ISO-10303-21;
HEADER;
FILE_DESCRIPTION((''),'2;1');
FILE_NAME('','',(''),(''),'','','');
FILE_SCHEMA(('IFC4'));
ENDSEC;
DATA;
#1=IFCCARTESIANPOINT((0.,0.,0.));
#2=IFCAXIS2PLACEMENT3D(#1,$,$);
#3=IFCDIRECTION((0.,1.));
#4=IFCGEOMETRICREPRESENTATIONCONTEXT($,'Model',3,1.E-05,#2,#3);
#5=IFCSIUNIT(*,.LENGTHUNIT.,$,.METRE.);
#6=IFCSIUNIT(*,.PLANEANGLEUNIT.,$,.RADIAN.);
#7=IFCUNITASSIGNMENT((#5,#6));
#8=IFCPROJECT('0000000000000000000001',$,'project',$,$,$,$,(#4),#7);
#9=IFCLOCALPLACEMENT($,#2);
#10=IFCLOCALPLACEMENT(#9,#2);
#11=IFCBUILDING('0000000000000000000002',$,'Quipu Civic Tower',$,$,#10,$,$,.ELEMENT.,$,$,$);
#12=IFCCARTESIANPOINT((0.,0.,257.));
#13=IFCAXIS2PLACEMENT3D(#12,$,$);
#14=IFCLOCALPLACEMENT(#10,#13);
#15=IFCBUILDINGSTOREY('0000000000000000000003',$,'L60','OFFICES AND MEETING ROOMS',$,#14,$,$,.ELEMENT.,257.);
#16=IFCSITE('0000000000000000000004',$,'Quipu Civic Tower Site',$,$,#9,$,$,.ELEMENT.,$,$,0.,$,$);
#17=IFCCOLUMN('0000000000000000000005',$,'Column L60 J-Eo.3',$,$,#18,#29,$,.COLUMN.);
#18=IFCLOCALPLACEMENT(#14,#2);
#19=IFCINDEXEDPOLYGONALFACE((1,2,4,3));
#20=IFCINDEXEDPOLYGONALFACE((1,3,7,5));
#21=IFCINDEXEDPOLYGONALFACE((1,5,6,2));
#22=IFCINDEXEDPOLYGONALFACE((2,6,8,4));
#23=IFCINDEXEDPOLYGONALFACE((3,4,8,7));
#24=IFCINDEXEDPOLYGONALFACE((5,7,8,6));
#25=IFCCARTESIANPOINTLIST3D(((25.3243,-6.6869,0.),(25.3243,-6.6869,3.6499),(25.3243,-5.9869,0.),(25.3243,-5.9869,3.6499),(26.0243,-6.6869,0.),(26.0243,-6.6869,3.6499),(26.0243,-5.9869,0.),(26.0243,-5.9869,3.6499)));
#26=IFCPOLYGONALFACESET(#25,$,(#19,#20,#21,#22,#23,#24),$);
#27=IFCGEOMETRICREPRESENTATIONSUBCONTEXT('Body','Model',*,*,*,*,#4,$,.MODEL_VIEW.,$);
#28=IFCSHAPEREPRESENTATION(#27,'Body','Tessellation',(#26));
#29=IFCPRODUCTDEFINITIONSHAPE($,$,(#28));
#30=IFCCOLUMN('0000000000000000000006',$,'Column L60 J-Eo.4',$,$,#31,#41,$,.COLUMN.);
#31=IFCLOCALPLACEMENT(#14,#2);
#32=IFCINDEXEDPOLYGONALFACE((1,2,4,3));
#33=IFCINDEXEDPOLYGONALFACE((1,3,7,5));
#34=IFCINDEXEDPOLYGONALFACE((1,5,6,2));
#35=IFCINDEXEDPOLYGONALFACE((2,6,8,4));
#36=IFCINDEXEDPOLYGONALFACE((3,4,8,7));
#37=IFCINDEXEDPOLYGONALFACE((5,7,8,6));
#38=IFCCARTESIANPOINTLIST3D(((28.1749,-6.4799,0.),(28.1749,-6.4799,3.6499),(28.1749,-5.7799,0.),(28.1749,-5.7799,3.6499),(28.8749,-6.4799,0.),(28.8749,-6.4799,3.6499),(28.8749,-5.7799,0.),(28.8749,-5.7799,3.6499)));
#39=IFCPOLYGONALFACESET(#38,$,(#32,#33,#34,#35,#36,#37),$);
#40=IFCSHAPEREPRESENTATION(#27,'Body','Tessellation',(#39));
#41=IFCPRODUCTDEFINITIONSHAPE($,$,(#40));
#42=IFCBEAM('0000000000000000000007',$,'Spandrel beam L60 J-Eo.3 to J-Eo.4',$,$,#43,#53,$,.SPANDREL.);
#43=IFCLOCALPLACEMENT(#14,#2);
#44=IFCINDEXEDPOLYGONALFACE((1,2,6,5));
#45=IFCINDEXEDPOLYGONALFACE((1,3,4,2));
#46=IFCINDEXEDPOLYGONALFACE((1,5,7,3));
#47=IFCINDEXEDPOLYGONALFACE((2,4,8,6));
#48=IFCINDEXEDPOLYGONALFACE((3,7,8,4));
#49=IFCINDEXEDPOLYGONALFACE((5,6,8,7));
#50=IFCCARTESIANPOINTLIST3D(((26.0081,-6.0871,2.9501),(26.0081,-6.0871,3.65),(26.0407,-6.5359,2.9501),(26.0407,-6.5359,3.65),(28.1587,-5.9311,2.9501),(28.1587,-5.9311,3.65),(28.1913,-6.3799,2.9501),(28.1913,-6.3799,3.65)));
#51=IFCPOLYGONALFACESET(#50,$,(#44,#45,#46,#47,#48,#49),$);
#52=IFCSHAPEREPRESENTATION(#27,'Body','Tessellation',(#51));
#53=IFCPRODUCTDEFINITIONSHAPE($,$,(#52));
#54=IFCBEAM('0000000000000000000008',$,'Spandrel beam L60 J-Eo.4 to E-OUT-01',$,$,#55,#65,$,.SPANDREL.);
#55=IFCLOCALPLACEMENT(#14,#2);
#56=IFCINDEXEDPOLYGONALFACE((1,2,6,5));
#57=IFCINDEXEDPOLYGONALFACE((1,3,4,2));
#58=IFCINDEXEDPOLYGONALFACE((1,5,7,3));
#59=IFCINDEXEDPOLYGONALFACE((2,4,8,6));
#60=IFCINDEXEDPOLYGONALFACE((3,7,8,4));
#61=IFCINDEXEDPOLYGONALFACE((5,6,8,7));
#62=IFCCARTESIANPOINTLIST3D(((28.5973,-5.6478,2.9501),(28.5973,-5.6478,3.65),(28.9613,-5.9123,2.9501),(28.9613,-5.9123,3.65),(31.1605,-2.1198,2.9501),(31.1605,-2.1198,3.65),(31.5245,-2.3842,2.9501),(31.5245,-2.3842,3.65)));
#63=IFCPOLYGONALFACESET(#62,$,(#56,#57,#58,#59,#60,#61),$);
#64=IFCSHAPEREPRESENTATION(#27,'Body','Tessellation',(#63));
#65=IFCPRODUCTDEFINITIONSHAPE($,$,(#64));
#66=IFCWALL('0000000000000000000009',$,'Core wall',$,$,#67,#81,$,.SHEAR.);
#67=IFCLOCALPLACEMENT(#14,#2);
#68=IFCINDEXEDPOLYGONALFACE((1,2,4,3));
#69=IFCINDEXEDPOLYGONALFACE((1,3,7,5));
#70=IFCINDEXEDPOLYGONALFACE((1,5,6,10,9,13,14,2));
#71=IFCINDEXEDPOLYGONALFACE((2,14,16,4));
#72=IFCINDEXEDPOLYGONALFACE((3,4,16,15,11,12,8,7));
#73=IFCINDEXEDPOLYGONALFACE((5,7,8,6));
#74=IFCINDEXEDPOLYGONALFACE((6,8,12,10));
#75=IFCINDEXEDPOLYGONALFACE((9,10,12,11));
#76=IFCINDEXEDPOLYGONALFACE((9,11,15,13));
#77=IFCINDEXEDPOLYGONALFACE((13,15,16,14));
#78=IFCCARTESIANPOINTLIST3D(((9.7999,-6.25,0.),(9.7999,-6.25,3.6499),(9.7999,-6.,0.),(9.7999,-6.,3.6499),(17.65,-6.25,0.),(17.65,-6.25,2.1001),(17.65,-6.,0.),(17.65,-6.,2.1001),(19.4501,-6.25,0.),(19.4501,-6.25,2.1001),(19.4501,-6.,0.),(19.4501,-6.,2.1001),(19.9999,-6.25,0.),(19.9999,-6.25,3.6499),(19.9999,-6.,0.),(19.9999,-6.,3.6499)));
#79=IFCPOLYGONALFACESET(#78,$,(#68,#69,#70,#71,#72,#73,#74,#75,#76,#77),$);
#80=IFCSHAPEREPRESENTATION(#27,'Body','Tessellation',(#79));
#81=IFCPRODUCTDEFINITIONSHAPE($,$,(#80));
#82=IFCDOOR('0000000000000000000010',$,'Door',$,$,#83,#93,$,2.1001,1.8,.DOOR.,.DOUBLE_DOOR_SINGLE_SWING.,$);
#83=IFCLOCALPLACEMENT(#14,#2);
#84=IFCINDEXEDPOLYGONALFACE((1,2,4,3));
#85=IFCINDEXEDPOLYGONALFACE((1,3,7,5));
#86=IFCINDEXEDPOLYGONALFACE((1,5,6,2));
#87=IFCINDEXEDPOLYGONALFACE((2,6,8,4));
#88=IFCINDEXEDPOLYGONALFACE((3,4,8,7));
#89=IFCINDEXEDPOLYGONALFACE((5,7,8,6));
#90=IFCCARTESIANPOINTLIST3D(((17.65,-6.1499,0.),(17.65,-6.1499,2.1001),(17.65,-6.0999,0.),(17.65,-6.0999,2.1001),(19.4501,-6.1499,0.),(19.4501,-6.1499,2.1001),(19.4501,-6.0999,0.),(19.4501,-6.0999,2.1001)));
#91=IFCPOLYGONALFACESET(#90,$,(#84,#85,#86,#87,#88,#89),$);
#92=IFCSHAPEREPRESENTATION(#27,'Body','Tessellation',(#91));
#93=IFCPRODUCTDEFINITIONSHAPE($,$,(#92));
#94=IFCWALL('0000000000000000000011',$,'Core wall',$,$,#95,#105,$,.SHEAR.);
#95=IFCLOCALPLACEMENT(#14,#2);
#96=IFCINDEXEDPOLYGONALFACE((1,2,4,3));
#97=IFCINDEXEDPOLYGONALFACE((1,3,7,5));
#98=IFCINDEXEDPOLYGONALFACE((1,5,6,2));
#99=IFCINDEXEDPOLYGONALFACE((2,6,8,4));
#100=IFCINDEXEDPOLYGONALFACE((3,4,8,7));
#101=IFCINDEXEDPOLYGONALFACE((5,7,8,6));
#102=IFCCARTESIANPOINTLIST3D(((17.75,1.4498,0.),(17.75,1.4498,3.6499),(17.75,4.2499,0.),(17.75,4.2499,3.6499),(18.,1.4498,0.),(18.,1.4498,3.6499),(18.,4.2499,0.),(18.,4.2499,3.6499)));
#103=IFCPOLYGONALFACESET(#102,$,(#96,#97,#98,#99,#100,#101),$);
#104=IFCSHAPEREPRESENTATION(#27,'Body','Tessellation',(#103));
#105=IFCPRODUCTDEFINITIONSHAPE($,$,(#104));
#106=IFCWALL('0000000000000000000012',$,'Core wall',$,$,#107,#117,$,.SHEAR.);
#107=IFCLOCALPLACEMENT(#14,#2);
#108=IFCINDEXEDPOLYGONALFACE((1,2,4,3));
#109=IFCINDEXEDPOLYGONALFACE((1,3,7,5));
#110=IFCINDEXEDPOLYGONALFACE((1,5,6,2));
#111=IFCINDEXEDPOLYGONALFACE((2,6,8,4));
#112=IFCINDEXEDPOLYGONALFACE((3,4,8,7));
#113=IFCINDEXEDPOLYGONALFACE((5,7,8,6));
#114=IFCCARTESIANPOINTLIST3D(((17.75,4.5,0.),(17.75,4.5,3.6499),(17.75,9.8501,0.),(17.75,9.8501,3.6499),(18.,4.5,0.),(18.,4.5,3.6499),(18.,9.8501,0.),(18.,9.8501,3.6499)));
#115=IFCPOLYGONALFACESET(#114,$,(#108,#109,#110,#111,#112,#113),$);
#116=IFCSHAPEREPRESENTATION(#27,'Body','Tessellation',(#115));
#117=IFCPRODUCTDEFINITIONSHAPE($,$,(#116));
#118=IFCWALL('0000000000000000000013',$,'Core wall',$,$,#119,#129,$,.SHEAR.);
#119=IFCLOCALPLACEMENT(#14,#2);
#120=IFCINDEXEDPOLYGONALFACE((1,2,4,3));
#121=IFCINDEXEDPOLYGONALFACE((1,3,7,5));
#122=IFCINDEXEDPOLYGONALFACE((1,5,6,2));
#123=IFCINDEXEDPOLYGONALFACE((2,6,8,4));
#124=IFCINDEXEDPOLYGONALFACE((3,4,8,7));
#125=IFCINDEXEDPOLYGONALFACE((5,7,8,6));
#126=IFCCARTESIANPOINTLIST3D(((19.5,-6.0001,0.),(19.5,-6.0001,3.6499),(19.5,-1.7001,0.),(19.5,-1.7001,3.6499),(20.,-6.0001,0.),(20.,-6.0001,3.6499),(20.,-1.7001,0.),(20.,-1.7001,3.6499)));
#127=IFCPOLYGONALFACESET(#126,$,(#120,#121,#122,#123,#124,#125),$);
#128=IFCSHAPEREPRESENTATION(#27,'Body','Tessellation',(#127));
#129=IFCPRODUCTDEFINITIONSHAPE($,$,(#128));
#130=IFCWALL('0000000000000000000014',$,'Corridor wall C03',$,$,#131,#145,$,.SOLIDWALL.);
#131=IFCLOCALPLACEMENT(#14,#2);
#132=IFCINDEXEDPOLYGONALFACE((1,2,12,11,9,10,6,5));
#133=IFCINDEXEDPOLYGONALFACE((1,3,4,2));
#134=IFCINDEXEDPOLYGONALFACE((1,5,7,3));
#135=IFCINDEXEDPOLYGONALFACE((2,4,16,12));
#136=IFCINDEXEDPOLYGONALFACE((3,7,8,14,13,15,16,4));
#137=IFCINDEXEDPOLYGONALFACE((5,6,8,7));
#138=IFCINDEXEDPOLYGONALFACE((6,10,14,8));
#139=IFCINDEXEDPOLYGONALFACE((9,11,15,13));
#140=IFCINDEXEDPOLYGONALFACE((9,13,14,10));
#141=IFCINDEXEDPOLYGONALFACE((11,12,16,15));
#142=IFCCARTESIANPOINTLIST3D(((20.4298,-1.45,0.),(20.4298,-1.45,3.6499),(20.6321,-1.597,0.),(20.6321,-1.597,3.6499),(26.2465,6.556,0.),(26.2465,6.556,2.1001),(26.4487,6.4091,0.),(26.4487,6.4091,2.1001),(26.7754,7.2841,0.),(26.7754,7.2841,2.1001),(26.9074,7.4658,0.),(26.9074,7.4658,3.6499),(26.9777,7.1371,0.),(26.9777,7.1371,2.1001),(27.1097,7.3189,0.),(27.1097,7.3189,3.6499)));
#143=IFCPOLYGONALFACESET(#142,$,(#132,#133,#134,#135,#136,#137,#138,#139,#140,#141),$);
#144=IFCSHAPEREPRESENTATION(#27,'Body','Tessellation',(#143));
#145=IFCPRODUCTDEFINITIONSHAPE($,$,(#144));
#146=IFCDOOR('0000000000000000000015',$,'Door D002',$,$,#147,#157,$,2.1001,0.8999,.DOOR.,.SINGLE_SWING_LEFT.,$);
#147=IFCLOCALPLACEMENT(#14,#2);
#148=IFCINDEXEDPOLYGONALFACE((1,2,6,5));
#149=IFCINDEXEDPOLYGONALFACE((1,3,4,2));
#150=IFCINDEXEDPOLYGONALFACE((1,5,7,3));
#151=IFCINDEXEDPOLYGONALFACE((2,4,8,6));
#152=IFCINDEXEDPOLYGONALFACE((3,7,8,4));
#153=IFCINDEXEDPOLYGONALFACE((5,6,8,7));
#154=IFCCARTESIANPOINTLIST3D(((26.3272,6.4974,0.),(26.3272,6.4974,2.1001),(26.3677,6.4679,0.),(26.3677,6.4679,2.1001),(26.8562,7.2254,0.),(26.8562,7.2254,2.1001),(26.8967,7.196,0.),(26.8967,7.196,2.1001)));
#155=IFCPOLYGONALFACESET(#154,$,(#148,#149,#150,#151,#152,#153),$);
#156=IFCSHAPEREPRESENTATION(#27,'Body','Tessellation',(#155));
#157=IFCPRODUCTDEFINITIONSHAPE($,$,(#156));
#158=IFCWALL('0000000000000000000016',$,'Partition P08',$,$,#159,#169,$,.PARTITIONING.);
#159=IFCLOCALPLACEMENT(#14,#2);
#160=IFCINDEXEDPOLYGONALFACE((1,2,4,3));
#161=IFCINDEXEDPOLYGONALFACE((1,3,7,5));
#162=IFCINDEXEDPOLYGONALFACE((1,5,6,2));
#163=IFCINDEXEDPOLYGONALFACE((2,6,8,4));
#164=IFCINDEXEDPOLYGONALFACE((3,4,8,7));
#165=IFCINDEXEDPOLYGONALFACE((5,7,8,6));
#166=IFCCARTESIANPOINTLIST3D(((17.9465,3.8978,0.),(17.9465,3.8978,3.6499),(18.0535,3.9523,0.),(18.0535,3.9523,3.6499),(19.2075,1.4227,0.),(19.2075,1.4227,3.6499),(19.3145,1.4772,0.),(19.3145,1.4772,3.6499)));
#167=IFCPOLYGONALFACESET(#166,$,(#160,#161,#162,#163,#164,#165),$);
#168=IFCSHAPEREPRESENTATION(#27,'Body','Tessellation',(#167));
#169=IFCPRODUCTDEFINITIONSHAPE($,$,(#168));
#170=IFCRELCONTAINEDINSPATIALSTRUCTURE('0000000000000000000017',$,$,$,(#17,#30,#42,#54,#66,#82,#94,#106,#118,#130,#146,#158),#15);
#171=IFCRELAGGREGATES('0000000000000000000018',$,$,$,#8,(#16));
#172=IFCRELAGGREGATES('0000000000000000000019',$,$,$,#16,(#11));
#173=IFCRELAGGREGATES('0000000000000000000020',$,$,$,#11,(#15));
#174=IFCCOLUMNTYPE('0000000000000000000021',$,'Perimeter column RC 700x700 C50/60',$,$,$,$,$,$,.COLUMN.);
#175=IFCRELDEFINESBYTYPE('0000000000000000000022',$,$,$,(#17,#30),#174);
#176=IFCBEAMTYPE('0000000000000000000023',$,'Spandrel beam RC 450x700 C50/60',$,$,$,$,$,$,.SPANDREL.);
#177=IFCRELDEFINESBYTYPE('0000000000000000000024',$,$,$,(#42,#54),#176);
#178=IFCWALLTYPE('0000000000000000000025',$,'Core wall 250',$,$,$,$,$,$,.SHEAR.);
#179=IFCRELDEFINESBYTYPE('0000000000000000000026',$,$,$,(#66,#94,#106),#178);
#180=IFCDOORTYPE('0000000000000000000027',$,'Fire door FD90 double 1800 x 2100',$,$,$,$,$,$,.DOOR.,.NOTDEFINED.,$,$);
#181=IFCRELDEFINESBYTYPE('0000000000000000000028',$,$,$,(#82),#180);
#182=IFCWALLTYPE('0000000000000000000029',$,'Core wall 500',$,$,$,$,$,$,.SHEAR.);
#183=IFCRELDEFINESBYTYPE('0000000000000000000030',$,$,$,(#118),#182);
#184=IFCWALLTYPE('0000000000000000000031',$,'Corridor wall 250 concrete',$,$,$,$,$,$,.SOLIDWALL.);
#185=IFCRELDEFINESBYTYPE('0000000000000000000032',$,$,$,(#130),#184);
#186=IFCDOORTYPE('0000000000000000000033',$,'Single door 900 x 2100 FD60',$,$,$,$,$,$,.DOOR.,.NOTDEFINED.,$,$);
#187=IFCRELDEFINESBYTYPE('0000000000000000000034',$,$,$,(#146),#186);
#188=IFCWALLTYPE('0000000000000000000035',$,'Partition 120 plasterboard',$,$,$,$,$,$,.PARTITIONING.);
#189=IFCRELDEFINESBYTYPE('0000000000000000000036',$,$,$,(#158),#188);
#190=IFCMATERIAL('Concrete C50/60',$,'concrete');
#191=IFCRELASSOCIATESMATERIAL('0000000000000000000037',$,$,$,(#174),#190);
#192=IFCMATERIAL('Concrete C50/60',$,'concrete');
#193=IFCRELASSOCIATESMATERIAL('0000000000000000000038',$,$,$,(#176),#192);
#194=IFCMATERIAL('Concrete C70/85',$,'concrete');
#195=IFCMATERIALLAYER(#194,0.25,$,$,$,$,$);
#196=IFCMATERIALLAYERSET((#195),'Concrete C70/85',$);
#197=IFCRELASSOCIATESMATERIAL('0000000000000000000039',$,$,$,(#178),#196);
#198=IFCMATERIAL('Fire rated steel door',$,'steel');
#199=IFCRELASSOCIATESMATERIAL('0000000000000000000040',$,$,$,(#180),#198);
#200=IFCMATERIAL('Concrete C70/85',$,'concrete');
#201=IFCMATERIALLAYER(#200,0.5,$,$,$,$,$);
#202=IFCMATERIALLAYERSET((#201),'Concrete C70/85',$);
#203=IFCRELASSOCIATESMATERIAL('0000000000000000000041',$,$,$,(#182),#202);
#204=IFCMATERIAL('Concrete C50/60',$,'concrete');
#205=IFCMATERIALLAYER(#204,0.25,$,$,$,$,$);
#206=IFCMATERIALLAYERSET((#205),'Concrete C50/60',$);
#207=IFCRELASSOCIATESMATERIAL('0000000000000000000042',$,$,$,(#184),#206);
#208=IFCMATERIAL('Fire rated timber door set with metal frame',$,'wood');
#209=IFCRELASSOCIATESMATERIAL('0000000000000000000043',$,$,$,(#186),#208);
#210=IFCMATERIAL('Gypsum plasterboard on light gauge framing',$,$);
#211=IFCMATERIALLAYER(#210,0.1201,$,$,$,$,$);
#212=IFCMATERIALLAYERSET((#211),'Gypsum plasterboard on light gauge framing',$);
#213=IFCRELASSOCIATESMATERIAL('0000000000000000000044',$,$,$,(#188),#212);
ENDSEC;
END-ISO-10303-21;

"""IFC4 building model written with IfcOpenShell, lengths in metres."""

from ifc_helpers import new_model, si_unit, direction, frame, frame_2d, origin, origin_2d, place, context, subcontext, project, spatial, rectangle, extrude, material, layer, layer_set, material_profile, profile_set, type_object, element, fill, save


model = new_model("IFC4")

# Units and contexts
model_context = context("Model", 3, precision=1e-05, world=origin(), true_north=direction((0.0, 1.0)))
body_context = subcontext(model_context, "Body", "Model", "MODEL_VIEW")
ifc_project = project(units=[si_unit("LENGTHUNIT", "METRE"), si_unit("PLANEANGLEUNIT", "RADIAN")], contexts=[model_context])

# Site, building, storey
site_placement = place(None, origin())
site = spatial("IfcSite", under=ifc_project, at=site_placement, Name="Quipu Civic Tower Site", CompositionType="ELEMENT", RefElevation=0.0)
building_placement = place(site_placement, origin())
building = spatial("IfcBuilding", under=site, at=building_placement, Name="Quipu Civic Tower", CompositionType="ELEMENT")
storey_placement = place(building_placement, frame((0.0, 0.0, 257.0)))
storey = spatial("IfcBuildingStorey", under=building, at=storey_placement, Name="L60", Description="OFFICES AND MEETING ROOMS", CompositionType="ELEMENT", Elevation=257.0)

# Columns
ifc_material_1 = material(Name="Concrete C50/60", Category="concrete")
ifc_material_profile_1 = material_profile(ifc_material_1, rectangle(XDim=0.7, YDim=0.7, at=origin_2d()), Name="RC700x700")
ifc_profile_set_1 = profile_set([ifc_material_profile_1], Name="Concrete C50/60")
column_type = type_object("IfcColumnType", Name="Perimeter column RC 700x700 C50/60", PredefinedType="COLUMN", material=ifc_profile_set_1)
for number, where, z_axis, x_axis, name in (
    (1, (25.6743, -6.3369, 0.0), (0.0, 0.0, 1.0), (1.0, 0.0, 0.0), "Column L60 J-Eo.3"),
    (2, (28.5249, -6.1299, 0.0), (0.0, 0.0, 1.0), (1.0, 0.0, 0.0), "Column L60 J-Eo.4"),
):
    element("IfcColumn", number, at=place(storey_placement, frame(where, z_axis=z_axis, x_axis=x_axis)), inside=storey, type_object=column_type, Name=name, PredefinedType="COLUMN", context=body_context, shape_type="SweptSolid", body=[
        extrude(rectangle(XDim=0.7, YDim=0.7, at=origin_2d()), origin(), (0.0, 0.0, 1.0), 3.6499),
    ])

# Beams
ifc_material_2 = material(Name="Concrete C50/60", Category="concrete")
ifc_material_profile_2 = material_profile(ifc_material_2, rectangle(XDim=0.45, YDim=0.7, at=origin_2d()), Name="RC450x700")
ifc_profile_set_2 = profile_set([ifc_material_profile_2], Name="Concrete C50/60")
beam_type = type_object("IfcBeamType", Name="Spandrel beam RC 450x700 C50/60", PredefinedType="SPANDREL", material=ifc_profile_set_2)
beam_1_placement = place(storey_placement, frame((26.0244, -6.3115, 3.3), z_axis=(0.997379, 0.072349, 0.0), x_axis=(-0.072349, 0.997379, 0.0)))
element("IfcBeam", 3, at=beam_1_placement, inside=storey, type_object=beam_type, Name="Spandrel beam L60 J-Eo.3 to J-Eo.4", PredefinedType="SPANDREL", context=body_context, shape_type="SweptSolid", body=[
    extrude(rectangle(XDim=0.45, YDim=0.7, at=origin_2d()), origin(), (0.0, 0.0, 1.0), 2.1562),
])
beam_2_placement = place(storey_placement, frame((28.7793, -5.78, 3.3), z_axis=(0.587776, 0.809024, 0.0), x_axis=(-0.809024, 0.587776, 0.0)))
element("IfcBeam", 4, at=beam_2_placement, inside=storey, type_object=beam_type, Name="Spandrel beam L60 J-Eo.4 to E-OUT-01", PredefinedType="SPANDREL", context=body_context, shape_type="SweptSolid", body=[
    extrude(rectangle(XDim=0.45, YDim=0.7, at=origin_2d()), origin(), (0.0, 0.0, 1.0), 4.3608),
])

# Wall, opening, door
ifc_material_3 = material(Name="Concrete C70/85", Category="concrete")
ifc_layer_1 = layer(ifc_material_3, 0.25)
ifc_layer_set_1 = layer_set([ifc_layer_1], Name="Concrete C70/85")
wall_type_1 = type_object("IfcWallType", Name="Core wall 250", PredefinedType="SHEAR", material=ifc_layer_set_1)
wall_1_placement = place(storey_placement, frame((20.0, -6.125, 0.0), z_axis=(0.0, 0.0, 1.0), x_axis=(-1.0, 0.0, 0.0)))
wall_1 = element("IfcWall", 5, at=wall_1_placement, inside=storey, type_object=wall_type_1, Name="Core wall", PredefinedType="SHEAR", context=body_context, shape_type="SweptSolid", body=[
    extrude(rectangle(XDim=10.2, YDim=0.25, at=frame_2d((5.1001, 0.0))), origin(), (0.0, 0.0, 1.0), 3.6499),
])
opening_1_placement = place(wall_1_placement, frame((0.55, 0.0, 0.0)))
opening_1 = element("IfcOpeningElement", 6, at=opening_1_placement, cuts=wall_1, PredefinedType="OPENING", context=body_context, shape_type="SweptSolid", body=[
    extrude(rectangle(XDim=1.8, YDim=2.1001, at=frame_2d((0.8999, 1.05))), frame((0.0, 0.135, 0.0), z_axis=(0.0, -1.0, 0.0), x_axis=(1.0, 0.0, 0.0)), (0.0, 0.0, 1.0), 0.27),
])
ifc_material_4 = material(Name="Fire rated steel door", Category="steel")
door_type_1 = type_object("IfcDoorType", Name="Fire door FD90 double 1800 x 2100", OperationType="NOTDEFINED", PredefinedType="DOOR", material=ifc_material_4)
door_1_placement = place(opening_1_placement, origin())
door_1 = element("IfcDoor", 7, at=door_1_placement, inside=storey, type_object=door_type_1, Name="Door", OperationType="DOUBLE_DOOR_SINGLE_SWING", OverallHeight=2.1001, OverallWidth=1.8, PredefinedType="DOOR", context=body_context, shape_type="SweptSolid", body=[
    extrude(rectangle(XDim=1.8, YDim=2.1001, at=frame_2d((0.8999, 1.05))), frame((0.0, 0.0249, 0.0), z_axis=(0.0, -1.0, 0.0), x_axis=(1.0, 0.0, 0.0)), (0.0, 0.0, 1.0), 0.05),
])
fill(opening_1, door_1)

# Walls
wall_2_placement = place(storey_placement, frame((17.875, 1.45, 0.0), z_axis=(0.0, 0.0, 1.0), x_axis=(0.0, 1.0, 0.0)))
element("IfcWall", 8, at=wall_2_placement, inside=storey, type_object=wall_type_1, Name="Core wall", PredefinedType="SHEAR", context=body_context, shape_type="SweptSolid", body=[
    extrude(rectangle(XDim=2.8, YDim=0.25, at=frame_2d((1.3999, 0.0))), origin(), (0.0, 0.0, 1.0), 3.6499),
])
wall_3_placement = place(storey_placement, frame((17.875, 4.5, 0.0), z_axis=(0.0, 0.0, 1.0), x_axis=(0.0, 1.0, 0.0)))
element("IfcWall", 9, at=wall_3_placement, inside=storey, type_object=wall_type_1, Name="Core wall", PredefinedType="SHEAR", context=body_context, shape_type="SweptSolid", body=[
    extrude(rectangle(XDim=5.3501, YDim=0.25, at=frame_2d((2.675, 0.0))), origin(), (0.0, 0.0, 1.0), 3.6499),
])
ifc_material_5 = material(Name="Concrete C70/85", Category="concrete")
ifc_layer_2 = layer(ifc_material_5, 0.5)
ifc_layer_set_2 = layer_set([ifc_layer_2], Name="Concrete C70/85")
wall_type_2 = type_object("IfcWallType", Name="Core wall 500", PredefinedType="SHEAR", material=ifc_layer_set_2)
wall_4_placement = place(storey_placement, frame((19.75, -6.0, 0.0), z_axis=(0.0, 0.0, 1.0), x_axis=(0.0, 1.0, 0.0)))
element("IfcWall", 10, at=wall_4_placement, inside=storey, type_object=wall_type_2, Name="Core wall", PredefinedType="SHEAR", context=body_context, shape_type="SweptSolid", body=[
    extrude(rectangle(XDim=4.3, YDim=0.5, at=frame_2d((2.1499, 0.0))), origin(), (0.0, 0.0, 1.0), 3.6499),
])

# Wall, opening, door
ifc_material_6 = material(Name="Concrete C50/60", Category="concrete")
ifc_layer_3 = layer(ifc_material_6, 0.25)
ifc_layer_set_3 = layer_set([ifc_layer_3], Name="Concrete C50/60")
wall_type_3 = type_object("IfcWallType", Name="Corridor wall 250 concrete", PredefinedType="SOLIDWALL", material=ifc_layer_set_3)
wall_5_placement = place(storey_placement, frame((27.0085, 7.3923, 0.0), z_axis=(0.0, 0.0, 1.0), x_axis=(-0.587776, -0.809023, 0.0)))
wall_5 = element("IfcWall", 11, at=wall_5_placement, inside=storey, type_object=wall_type_3, Name="Corridor wall C03", PredefinedType="SOLIDWALL", context=body_context, shape_type="SweptSolid", body=[
    extrude(rectangle(XDim=11.0205, YDim=0.25, at=frame_2d((5.5103, 0.0))), origin(), (0.0, 0.0, 1.0), 3.6499),
])
opening_2_placement = place(wall_5_placement, frame((0.2246, 0.0, 0.0)))
opening_2 = element("IfcOpeningElement", 12, at=opening_2_placement, cuts=wall_5, PredefinedType="OPENING", context=body_context, shape_type="SweptSolid", body=[
    extrude(rectangle(XDim=0.8999, YDim=2.1001, at=frame_2d((0.45, 1.05))), frame((0.0, 0.135, 0.0), z_axis=(0.0, -1.0, 0.0), x_axis=(1.0, 0.0, 0.0)), (0.0, 0.0, 1.0), 0.27),
])
ifc_material_7 = material(Name="Fire rated timber door set with metal frame", Category="wood")
door_type_2 = type_object("IfcDoorType", Name="Single door 900 x 2100 FD60", OperationType="NOTDEFINED", PredefinedType="DOOR", material=ifc_material_7)
door_2_placement = place(opening_2_placement, origin())
door_2 = element("IfcDoor", 13, at=door_2_placement, inside=storey, type_object=door_type_2, Name="Door D002", OperationType="SINGLE_SWING_LEFT", OverallHeight=2.1001, OverallWidth=0.8999, PredefinedType="DOOR", context=body_context, shape_type="SweptSolid", body=[
    extrude(rectangle(XDim=0.8999, YDim=2.1001, at=frame_2d((0.45, 1.05))), frame((0.0, 0.0249, 0.0), z_axis=(0.0, -1.0, 0.0), x_axis=(1.0, 0.0, 0.0)), (0.0, 0.0, 1.0), 0.05),
])
fill(opening_2, door_2)

# Wall
ifc_material_8 = material(Name="Gypsum plasterboard on light gauge framing")
ifc_layer_4 = layer(ifc_material_8, 0.1201)
ifc_layer_set_4 = layer_set([ifc_layer_4], Name="Gypsum plasterboard on light gauge framing")
wall_type_4 = type_object("IfcWallType", Name="Partition 120 plasterboard", PredefinedType="PARTITIONING", material=ifc_layer_set_4)
wall_6_placement = place(storey_placement, frame((18.0, 3.925, 0.0), z_axis=(0.0, 0.0, 1.0), x_axis=(0.453951, -0.891027, 0.0)))
element("IfcWall", 14, at=wall_6_placement, inside=storey, type_object=wall_type_4, Name="Partition P08", PredefinedType="PARTITIONING", context=body_context, shape_type="SweptSolid", body=[
    extrude(rectangle(XDim=2.7778, YDim=0.1201, at=frame_2d((1.3889, 0.0))), origin(), (0.0, 0.0, 1.0), 3.6499),
])

save(model, "model.ifc")
